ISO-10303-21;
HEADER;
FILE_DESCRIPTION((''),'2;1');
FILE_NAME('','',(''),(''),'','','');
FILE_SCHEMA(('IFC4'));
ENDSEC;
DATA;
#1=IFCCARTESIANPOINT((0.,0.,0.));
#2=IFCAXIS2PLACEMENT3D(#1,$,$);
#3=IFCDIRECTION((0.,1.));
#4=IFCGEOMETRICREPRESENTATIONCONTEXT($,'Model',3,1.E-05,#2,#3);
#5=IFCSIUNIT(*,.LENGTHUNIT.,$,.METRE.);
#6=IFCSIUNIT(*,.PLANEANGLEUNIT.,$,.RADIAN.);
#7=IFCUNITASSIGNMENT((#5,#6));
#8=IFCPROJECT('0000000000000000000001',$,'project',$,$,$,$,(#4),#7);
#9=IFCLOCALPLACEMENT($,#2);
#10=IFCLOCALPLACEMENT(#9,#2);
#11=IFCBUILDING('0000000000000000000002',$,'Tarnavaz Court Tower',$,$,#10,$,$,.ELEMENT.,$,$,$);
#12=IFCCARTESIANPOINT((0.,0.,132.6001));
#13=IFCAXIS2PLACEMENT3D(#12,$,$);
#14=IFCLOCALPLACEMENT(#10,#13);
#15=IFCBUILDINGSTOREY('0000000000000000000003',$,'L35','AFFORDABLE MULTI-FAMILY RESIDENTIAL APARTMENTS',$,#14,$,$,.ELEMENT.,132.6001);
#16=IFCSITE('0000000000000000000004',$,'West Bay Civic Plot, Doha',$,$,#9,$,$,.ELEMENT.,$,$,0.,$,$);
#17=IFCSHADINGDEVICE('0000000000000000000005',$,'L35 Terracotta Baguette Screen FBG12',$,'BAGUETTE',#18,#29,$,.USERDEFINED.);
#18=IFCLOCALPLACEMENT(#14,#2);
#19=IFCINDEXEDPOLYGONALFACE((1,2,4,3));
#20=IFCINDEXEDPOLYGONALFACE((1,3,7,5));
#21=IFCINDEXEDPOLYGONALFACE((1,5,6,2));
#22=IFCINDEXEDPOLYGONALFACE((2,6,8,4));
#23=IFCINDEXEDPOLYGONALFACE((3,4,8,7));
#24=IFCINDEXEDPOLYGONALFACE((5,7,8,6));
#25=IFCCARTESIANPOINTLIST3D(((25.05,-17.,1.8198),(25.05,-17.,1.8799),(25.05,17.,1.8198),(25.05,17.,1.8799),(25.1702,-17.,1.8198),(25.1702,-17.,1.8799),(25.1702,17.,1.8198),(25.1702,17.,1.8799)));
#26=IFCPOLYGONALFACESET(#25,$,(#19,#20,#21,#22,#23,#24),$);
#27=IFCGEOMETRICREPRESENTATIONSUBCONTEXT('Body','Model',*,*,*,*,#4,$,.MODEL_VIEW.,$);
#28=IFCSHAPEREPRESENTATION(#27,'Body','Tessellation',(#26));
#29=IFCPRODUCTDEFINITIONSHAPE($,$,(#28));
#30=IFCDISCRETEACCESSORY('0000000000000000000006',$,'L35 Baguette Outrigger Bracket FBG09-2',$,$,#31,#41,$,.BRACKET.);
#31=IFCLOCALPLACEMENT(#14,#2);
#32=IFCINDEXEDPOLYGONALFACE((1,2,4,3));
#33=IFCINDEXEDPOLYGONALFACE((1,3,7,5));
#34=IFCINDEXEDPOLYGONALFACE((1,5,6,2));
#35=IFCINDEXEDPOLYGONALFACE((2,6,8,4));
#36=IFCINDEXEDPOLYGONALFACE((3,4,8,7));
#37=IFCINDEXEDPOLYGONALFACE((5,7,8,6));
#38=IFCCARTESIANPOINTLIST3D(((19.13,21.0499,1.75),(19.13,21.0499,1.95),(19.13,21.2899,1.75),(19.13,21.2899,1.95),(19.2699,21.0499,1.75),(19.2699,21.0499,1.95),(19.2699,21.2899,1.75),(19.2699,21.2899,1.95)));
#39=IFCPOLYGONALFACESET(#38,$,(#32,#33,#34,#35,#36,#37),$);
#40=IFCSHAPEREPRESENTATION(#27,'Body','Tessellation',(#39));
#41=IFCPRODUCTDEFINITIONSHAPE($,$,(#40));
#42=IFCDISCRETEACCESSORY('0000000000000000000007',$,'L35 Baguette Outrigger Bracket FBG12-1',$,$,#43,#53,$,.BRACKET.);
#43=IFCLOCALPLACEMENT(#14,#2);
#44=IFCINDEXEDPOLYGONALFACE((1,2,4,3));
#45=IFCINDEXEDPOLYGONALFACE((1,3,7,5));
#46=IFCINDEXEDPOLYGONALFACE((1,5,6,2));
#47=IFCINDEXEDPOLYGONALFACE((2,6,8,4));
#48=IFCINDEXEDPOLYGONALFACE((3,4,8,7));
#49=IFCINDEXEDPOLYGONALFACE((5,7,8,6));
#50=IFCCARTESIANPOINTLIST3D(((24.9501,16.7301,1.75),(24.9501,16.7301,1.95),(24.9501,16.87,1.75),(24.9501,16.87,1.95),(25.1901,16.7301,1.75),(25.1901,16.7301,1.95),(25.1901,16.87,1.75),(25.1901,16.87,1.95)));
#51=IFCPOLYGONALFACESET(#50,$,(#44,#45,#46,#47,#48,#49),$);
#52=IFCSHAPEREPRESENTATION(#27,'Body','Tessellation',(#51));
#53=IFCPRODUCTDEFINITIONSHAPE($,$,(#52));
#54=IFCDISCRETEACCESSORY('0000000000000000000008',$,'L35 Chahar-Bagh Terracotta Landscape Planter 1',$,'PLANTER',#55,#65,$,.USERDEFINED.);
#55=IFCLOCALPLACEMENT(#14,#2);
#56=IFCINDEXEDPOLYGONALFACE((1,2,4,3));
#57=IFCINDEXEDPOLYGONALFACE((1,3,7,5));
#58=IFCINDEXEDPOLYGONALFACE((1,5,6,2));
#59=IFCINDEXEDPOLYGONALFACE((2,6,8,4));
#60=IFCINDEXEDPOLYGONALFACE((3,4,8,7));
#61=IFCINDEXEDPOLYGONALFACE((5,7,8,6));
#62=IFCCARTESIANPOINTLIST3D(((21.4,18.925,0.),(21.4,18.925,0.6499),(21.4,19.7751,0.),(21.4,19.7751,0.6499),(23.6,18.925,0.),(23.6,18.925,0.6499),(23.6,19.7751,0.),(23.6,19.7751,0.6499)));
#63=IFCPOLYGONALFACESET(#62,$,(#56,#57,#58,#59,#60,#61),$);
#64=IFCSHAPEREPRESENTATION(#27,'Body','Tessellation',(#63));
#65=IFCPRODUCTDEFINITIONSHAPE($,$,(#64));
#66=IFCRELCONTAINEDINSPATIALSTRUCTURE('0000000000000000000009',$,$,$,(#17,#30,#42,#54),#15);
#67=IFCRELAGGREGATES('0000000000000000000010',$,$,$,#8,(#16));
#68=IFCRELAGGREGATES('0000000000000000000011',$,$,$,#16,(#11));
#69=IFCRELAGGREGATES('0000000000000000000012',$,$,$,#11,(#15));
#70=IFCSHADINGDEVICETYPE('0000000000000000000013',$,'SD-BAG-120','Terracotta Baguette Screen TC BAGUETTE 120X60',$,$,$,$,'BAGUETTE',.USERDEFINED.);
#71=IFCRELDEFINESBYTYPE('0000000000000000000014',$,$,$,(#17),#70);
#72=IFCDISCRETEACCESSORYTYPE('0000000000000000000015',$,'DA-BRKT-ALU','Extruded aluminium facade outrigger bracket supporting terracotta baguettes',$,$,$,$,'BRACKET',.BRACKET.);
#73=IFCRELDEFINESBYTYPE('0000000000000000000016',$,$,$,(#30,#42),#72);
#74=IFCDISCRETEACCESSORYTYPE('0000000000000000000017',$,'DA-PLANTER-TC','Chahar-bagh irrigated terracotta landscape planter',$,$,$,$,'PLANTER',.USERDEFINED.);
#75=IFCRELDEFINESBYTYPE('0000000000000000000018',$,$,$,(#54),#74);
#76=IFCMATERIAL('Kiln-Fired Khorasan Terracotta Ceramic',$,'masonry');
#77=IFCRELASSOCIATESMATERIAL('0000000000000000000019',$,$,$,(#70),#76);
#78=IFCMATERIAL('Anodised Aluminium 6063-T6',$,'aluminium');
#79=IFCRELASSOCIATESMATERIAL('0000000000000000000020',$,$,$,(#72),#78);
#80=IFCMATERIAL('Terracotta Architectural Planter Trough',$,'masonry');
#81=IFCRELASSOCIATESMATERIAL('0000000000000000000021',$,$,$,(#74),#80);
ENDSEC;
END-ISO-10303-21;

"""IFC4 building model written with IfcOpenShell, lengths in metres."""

from ifc_helpers import new_model, si_unit, direction, frame, origin, origin_2d, place, context, subcontext, project, spatial, rectangle, extrude, material, material_profile, profile_set, type_object, element, save


model = new_model("IFC4")

# Units and contexts
model_context = context("Model", 3, precision=1e-05, world=origin(), true_north=direction((0.0, 1.0)))
body_context = subcontext(model_context, "Body", "Model", "MODEL_VIEW")
ifc_project = project(units=[si_unit("LENGTHUNIT", "METRE"), si_unit("PLANEANGLEUNIT", "RADIAN")], contexts=[model_context])

# Site, building, storey
site_placement = place(None, origin())
site = spatial("IfcSite", under=ifc_project, at=site_placement, Name="West Bay Civic Plot, Doha", CompositionType="ELEMENT", RefElevation=0.0)
building_placement = place(site_placement, origin())
building = spatial("IfcBuilding", under=site, at=building_placement, Name="Tarnavaz Court Tower", CompositionType="ELEMENT")
storey_placement = place(building_placement, frame((0.0, 0.0, 132.6001)))
storey = spatial("IfcBuildingStorey", under=building, at=storey_placement, Name="L35", Description="AFFORDABLE MULTI-FAMILY RESIDENTIAL APARTMENTS", CompositionType="ELEMENT", Elevation=132.6001)

# Shading device
ifc_material_1 = material(Name="Kiln-Fired Khorasan Terracotta Ceramic", Category="masonry")
ifc_material_profile_1 = material_profile(ifc_material_1, rectangle(XDim=0.1201, YDim=0.0601, at=origin_2d()), Name="TC BAGUETTE 120X60")
ifc_profile_set_1 = profile_set([ifc_material_profile_1], Name="Kiln-Fired Khorasan Terracotta Ceramic")
shading_device_type = type_object("IfcShadingDeviceType", Name="SD-BAG-120", Description="Terracotta Baguette Screen TC BAGUETTE 120X60", ElementType="BAGUETTE", PredefinedType="USERDEFINED", material=ifc_profile_set_1)
shading_device_placement = place(storey_placement, frame((25.1101, 17.0, 1.8499), z_axis=(0.0, -1.0, 0.0), x_axis=(1.0, 0.0, 0.0)))
element("IfcShadingDevice", 1, at=shading_device_placement, inside=storey, type_object=shading_device_type, Name="L35 Terracotta Baguette Screen FBG12", ObjectType="BAGUETTE", PredefinedType="USERDEFINED", context=body_context, shape_type="SweptSolid", body=[
    extrude(rectangle(XDim=0.1201, YDim=0.0601, at=origin_2d()), origin(), (0.0, 0.0, 1.0), 34.0),
])

# Discrete accessories
ifc_material_2 = material(Name="Anodised Aluminium 6063-T6", Category="aluminium")
discrete_accessory_type_1 = type_object("IfcDiscreteAccessoryType", Name="DA-BRKT-ALU", Description="Extruded aluminium facade outrigger bracket supporting terracotta baguettes", ElementType="BRACKET", PredefinedType="BRACKET", material=ifc_material_2)
for number, where, z_axis, x_axis, name in (
    (2, (19.2, 21.1699, 1.75), (0.0, 0.0, 1.0), (1.0, 0.0, 0.0), "L35 Baguette Outrigger Bracket FBG09-2"),
    (3, (25.0701, 16.8, 1.75), (0.0, 0.0, 1.0), (0.0, -1.0, 0.0), "L35 Baguette Outrigger Bracket FBG12-1"),
):
    element("IfcDiscreteAccessory", number, at=place(storey_placement, frame(where, z_axis=z_axis, x_axis=x_axis)), inside=storey, type_object=discrete_accessory_type_1, Name=name, PredefinedType="BRACKET", context=body_context, shape_type="SweptSolid", body=[
        extrude(rectangle(XDim=0.1399, YDim=0.24, at=origin_2d()), origin(), (0.0, 0.0, 1.0), 0.2),
    ])
ifc_material_3 = material(Name="Terracotta Architectural Planter Trough", Category="masonry")
discrete_accessory_type_2 = type_object("IfcDiscreteAccessoryType", Name="DA-PLANTER-TC", Description="Chahar-bagh irrigated terracotta landscape planter", ElementType="PLANTER", PredefinedType="USERDEFINED", material=ifc_material_3)
discrete_accessory_placement = place(storey_placement, frame((22.5, 19.3501, 0.0), z_axis=(0.0, 0.0, 1.0), x_axis=(1.0, 0.0, 0.0)))
element("IfcDiscreteAccessory", 4, at=discrete_accessory_placement, inside=storey, type_object=discrete_accessory_type_2, Name="L35 Chahar-Bagh Terracotta Landscape Planter 1", ObjectType="PLANTER", PredefinedType="USERDEFINED", context=body_context, shape_type="SweptSolid", body=[
    extrude(rectangle(XDim=2.2, YDim=0.8501, at=origin_2d()), origin(), (0.0, 0.0, 1.0), 0.6499),
])

save(model, "model.ifc")
